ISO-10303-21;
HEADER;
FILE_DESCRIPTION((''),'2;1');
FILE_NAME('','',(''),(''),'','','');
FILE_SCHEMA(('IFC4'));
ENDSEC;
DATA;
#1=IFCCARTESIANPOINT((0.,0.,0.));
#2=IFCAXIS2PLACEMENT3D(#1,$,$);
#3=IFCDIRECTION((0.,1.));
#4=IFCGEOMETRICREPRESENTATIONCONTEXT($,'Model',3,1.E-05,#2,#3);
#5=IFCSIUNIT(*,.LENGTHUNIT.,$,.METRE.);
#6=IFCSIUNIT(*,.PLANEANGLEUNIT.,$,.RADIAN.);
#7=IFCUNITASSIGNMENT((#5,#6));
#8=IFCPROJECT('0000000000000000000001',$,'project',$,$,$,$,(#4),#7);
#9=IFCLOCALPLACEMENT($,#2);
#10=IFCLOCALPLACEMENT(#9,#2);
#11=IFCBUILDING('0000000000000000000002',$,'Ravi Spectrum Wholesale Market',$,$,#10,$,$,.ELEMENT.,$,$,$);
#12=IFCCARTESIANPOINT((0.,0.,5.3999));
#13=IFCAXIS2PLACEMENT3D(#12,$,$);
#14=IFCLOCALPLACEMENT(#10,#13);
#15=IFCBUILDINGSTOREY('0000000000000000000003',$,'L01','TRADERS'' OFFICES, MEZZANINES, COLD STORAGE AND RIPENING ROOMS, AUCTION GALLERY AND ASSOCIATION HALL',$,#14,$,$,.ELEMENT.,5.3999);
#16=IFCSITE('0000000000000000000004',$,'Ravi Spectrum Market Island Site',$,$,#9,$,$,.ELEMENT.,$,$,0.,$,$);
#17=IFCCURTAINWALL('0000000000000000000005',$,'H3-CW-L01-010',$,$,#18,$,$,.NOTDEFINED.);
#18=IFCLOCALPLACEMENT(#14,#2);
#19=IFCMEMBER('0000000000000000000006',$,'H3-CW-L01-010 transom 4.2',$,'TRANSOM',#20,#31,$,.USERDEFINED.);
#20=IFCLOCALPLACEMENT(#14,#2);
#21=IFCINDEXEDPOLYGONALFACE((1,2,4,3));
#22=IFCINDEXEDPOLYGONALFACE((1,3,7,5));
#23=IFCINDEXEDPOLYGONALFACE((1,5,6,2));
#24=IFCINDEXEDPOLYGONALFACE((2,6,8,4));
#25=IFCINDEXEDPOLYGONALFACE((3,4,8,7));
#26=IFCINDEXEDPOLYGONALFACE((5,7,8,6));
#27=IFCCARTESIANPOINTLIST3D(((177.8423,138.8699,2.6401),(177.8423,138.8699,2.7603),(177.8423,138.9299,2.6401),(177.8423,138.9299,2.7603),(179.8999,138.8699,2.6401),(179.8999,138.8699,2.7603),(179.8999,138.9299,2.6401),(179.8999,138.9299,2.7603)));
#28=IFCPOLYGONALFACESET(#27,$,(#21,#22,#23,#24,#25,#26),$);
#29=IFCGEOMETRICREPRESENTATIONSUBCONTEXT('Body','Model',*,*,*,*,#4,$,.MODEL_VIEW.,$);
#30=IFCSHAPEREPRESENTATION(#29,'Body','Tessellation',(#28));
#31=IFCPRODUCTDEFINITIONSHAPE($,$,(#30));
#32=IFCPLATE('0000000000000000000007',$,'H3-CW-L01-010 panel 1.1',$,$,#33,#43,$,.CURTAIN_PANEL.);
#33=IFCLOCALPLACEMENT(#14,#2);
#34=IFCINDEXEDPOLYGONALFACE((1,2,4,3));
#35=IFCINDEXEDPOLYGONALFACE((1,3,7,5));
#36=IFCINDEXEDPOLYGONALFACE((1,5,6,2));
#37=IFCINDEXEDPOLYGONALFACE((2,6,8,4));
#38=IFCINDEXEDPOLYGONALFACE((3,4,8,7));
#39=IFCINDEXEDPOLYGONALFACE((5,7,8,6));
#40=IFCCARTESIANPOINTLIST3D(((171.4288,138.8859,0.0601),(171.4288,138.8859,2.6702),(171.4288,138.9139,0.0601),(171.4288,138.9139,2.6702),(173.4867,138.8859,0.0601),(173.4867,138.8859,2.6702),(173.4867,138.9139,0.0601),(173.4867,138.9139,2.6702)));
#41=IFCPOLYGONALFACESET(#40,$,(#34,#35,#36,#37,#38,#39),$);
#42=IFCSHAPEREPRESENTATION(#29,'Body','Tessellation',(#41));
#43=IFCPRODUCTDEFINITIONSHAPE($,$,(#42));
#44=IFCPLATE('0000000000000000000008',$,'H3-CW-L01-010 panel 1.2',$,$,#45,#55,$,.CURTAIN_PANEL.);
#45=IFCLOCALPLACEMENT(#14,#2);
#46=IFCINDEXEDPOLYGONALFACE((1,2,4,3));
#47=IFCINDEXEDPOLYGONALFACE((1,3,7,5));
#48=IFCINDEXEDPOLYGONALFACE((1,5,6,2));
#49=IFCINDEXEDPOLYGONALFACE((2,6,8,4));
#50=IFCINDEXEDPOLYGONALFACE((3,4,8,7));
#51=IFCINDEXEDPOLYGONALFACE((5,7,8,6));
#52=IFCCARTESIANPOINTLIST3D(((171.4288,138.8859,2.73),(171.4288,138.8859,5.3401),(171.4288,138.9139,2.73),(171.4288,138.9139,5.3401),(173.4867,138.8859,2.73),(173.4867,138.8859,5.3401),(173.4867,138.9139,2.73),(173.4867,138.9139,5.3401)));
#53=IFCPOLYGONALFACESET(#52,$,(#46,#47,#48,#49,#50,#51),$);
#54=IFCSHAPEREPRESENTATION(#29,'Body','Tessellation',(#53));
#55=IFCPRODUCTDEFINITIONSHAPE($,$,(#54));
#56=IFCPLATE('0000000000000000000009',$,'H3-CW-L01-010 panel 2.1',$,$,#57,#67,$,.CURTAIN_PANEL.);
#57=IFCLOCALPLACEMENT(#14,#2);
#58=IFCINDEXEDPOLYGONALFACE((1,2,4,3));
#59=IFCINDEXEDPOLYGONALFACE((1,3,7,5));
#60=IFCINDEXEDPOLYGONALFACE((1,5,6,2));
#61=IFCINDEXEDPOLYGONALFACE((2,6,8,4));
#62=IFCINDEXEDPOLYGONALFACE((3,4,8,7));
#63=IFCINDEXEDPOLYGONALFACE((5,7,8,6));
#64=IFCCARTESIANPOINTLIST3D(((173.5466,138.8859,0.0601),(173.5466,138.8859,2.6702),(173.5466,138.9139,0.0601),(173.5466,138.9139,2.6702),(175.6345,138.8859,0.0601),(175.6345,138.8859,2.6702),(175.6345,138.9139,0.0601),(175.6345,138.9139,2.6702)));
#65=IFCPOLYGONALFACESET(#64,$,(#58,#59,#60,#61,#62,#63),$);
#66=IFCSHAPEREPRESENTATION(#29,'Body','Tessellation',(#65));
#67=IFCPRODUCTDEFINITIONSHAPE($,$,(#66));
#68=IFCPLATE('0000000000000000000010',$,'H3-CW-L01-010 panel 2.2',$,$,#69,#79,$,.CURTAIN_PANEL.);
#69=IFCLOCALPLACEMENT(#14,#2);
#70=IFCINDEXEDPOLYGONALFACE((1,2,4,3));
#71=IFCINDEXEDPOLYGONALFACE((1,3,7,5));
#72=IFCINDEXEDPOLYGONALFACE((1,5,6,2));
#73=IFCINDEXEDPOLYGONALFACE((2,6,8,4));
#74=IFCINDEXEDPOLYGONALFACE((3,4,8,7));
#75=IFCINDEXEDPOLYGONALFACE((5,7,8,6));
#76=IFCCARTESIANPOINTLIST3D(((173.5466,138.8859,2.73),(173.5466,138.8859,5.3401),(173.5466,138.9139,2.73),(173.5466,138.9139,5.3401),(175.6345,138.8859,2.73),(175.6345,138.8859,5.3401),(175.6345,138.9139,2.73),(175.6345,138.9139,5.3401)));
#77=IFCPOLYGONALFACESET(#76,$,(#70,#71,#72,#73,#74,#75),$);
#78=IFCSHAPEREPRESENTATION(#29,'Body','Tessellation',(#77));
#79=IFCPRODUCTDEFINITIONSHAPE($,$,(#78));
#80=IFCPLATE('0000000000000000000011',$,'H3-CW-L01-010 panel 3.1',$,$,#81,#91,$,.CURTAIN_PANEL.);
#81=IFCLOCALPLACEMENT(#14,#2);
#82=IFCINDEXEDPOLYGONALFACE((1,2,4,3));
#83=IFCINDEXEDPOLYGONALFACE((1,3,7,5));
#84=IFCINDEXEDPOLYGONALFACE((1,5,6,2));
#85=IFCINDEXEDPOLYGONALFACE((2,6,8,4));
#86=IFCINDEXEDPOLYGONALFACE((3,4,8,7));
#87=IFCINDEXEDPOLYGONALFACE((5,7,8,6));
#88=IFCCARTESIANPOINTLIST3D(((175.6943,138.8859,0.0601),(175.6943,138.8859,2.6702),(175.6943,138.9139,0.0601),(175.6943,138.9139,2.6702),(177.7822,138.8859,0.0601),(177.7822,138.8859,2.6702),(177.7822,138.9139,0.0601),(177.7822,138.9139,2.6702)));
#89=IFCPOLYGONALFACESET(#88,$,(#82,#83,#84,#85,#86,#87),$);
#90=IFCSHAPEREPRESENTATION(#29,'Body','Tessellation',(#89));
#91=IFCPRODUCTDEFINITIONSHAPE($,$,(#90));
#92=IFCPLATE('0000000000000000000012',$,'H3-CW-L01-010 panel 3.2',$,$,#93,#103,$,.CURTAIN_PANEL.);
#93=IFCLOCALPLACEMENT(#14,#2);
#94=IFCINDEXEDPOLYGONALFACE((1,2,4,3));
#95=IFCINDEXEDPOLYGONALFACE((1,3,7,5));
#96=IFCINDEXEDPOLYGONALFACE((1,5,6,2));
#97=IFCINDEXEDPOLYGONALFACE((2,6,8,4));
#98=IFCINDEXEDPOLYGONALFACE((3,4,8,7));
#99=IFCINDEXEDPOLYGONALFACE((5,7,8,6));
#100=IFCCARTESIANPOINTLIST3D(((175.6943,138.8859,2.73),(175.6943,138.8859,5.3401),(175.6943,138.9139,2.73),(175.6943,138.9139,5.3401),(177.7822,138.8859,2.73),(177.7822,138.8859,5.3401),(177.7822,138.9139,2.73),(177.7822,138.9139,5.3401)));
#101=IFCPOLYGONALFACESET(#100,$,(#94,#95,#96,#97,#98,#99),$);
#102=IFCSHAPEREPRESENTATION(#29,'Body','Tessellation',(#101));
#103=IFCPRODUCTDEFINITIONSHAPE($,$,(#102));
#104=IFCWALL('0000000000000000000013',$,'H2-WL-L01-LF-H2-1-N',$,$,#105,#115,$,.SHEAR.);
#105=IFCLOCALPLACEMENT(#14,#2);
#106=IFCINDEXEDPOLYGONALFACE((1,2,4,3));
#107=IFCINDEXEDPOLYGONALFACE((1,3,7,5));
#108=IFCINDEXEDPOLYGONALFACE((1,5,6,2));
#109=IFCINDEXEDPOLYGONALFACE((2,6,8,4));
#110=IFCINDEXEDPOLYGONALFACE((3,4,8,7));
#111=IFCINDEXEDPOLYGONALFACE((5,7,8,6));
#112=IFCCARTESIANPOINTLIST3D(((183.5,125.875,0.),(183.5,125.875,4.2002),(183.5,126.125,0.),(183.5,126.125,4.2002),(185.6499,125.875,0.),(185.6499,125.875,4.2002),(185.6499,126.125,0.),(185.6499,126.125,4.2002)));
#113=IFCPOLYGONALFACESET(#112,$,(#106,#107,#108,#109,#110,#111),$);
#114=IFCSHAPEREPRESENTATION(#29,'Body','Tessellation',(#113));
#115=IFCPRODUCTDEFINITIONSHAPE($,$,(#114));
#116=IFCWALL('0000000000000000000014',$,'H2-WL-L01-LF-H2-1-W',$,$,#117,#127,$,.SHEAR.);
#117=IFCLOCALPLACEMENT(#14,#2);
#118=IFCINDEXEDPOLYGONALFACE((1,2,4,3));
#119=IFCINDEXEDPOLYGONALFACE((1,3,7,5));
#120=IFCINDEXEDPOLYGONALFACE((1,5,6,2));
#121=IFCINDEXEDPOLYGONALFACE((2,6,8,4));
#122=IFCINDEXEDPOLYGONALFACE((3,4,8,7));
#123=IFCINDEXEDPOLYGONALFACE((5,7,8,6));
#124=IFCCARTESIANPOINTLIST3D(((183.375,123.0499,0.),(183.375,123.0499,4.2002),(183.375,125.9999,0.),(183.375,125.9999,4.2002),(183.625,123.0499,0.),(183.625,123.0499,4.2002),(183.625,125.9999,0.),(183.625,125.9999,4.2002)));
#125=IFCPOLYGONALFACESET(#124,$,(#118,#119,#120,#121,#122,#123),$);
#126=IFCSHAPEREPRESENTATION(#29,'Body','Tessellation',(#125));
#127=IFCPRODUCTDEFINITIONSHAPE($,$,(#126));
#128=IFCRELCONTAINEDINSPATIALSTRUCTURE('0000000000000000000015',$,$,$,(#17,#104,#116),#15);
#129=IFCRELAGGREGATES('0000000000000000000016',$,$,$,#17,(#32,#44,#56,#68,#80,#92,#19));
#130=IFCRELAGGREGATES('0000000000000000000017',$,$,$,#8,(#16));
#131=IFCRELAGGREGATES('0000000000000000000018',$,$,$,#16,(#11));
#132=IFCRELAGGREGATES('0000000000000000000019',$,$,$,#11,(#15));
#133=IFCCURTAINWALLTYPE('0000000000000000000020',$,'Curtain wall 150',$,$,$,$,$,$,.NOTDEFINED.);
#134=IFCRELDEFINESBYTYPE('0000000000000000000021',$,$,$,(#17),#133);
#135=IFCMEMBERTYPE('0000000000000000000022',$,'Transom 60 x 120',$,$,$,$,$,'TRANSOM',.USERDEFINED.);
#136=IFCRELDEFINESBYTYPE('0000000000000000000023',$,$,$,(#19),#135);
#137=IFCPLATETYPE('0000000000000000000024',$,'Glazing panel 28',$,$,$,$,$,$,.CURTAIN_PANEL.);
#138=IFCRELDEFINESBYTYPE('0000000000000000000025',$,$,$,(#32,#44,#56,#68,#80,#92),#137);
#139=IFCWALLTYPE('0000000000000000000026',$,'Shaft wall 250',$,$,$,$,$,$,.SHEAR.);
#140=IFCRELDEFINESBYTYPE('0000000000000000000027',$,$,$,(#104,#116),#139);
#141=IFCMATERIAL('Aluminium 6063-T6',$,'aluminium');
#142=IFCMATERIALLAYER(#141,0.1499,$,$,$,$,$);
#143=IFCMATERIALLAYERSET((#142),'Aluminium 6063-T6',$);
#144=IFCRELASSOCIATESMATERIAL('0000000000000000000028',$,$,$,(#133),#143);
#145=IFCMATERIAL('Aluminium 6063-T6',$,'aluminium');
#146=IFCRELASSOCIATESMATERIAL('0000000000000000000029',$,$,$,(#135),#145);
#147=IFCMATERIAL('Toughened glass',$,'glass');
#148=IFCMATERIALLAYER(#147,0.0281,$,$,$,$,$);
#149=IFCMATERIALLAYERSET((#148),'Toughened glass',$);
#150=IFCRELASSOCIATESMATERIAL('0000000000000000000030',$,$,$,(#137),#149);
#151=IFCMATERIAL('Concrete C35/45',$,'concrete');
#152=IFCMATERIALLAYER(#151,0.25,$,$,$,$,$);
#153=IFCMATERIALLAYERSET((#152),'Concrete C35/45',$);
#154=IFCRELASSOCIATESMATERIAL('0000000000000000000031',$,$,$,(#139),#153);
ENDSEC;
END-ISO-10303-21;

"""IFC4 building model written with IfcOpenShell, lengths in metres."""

from ifc_helpers import new_model, si_unit, direction, frame, frame_2d, origin, origin_2d, place, context, subcontext, project, spatial, rectangle, extrude, material, layer, layer_set, material_profile, profile_set, type_object, element, aggregate, save


model = new_model("IFC4")

# Units and contexts
model_context = context("Model", 3, precision=1e-05, world=origin(), true_north=direction((0.0, 1.0)))
body_context = subcontext(model_context, "Body", "Model", "MODEL_VIEW")
ifc_project = project(units=[si_unit("LENGTHUNIT", "METRE"), si_unit("PLANEANGLEUNIT", "RADIAN")], contexts=[model_context])

# Site, building, storey
site_placement = place(None, origin())
site = spatial("IfcSite", under=ifc_project, at=site_placement, Name="Ravi Spectrum Market Island Site", CompositionType="ELEMENT", RefElevation=0.0)
building_placement = place(site_placement, origin())
building = spatial("IfcBuilding", under=site, at=building_placement, Name="Ravi Spectrum Wholesale Market", CompositionType="ELEMENT")
storey_placement = place(building_placement, frame((0.0, 0.0, 5.3999)))
storey = spatial("IfcBuildingStorey", under=building, at=storey_placement, Name="L01", Description="TRADERS' OFFICES, MEZZANINES, COLD STORAGE AND RIPENING ROOMS, AUCTION GALLERY AND ASSOCIATION HALL", CompositionType="ELEMENT", Elevation=5.3999)

# Curtain wall
ifc_material_1 = material(Name="Aluminium 6063-T6", Category="aluminium")
ifc_layer_1 = layer(ifc_material_1, 0.1499)
ifc_layer_set_1 = layer_set([ifc_layer_1], Name="Aluminium 6063-T6")
curtain_wall_type = type_object("IfcCurtainWallType", Name="Curtain wall 150", PredefinedType="NOTDEFINED", material=ifc_layer_set_1)
curtain_wall_1_placement = place(storey_placement, origin())
curtain_wall_1 = element("IfcCurtainWall", 1, at=curtain_wall_1_placement, inside=storey, type_object=curtain_wall_type, Name="H3-CW-L01-010", PredefinedType="NOTDEFINED")

# Shared definitions
ifc_material_2 = material(Name="Aluminium 6063-T6", Category="aluminium")
ifc_material_profile_1 = material_profile(ifc_material_2, rectangle(XDim=0.0601, YDim=0.1201, at=origin_2d()))
ifc_profile_set_1 = profile_set([ifc_material_profile_1], Name="Aluminium 6063-T6")
member_type_1 = type_object("IfcMemberType", Name="Transom 60 x 120", ElementType="TRANSOM", PredefinedType="USERDEFINED", material=ifc_profile_set_1)

# Member
member_1_placement = place(storey_placement, frame((177.8423, 138.8999, 2.7002), z_axis=(1.0, 0.0, 0.0), x_axis=(0.0, 1.0, 0.0)))
member_1 = element("IfcMember", 2, at=member_1_placement, type_object=member_type_1, Name="H3-CW-L01-010 transom 4.2", ObjectType="TRANSOM", PredefinedType="USERDEFINED", context=body_context, shape_type="SweptSolid", body=[
    extrude(rectangle(XDim=0.0601, YDim=0.1201, at=origin_2d()), origin(), (0.0, 0.0, 1.0), 2.0576),
])

# Plates
ifc_material_3 = material(Name="Toughened glass", Category="glass")
ifc_layer_2 = layer(ifc_material_3, 0.0281)
ifc_layer_set_2 = layer_set([ifc_layer_2], Name="Toughened glass")
plate_type = type_object("IfcPlateType", Name="Glazing panel 28", PredefinedType="CURTAIN_PANEL", material=ifc_layer_set_2)
plate_1_placement = place(storey_placement, frame((172.4578, 138.8999, 0.0601), z_axis=(0.0, 0.0, 1.0), x_axis=(1.0, 0.0, 0.0)))
plate_1 = element("IfcPlate", 3, at=plate_1_placement, type_object=plate_type, Name="H3-CW-L01-010 panel 1.1", PredefinedType="CURTAIN_PANEL", context=body_context, shape_type="SweptSolid", body=[
    extrude(rectangle(XDim=2.0579, YDim=0.0281, at=origin_2d()), origin(), (0.0, 0.0, 1.0), 2.6101),
])
plate_2_placement = place(storey_placement, frame((172.4578, 138.8999, 2.73), z_axis=(0.0, 0.0, 1.0), x_axis=(1.0, 0.0, 0.0)))
plate_2 = element("IfcPlate", 4, at=plate_2_placement, type_object=plate_type, Name="H3-CW-L01-010 panel 1.2", PredefinedType="CURTAIN_PANEL", context=body_context, shape_type="SweptSolid", body=[
    extrude(rectangle(XDim=2.0579, YDim=0.0281, at=origin_2d()), origin(), (0.0, 0.0, 1.0), 2.6101),
])
plate_3_placement = place(storey_placement, frame((174.5906, 138.8999, 0.0601), z_axis=(0.0, 0.0, 1.0), x_axis=(1.0, 0.0, 0.0)))
plate_3 = element("IfcPlate", 5, at=plate_3_placement, type_object=plate_type, Name="H3-CW-L01-010 panel 2.1", PredefinedType="CURTAIN_PANEL", context=body_context, shape_type="SweptSolid", body=[
    extrude(rectangle(XDim=2.0879, YDim=0.0281, at=origin_2d()), origin(), (0.0, 0.0, 1.0), 2.6101),
])
plate_4_placement = place(storey_placement, frame((174.5906, 138.8999, 2.73), z_axis=(0.0, 0.0, 1.0), x_axis=(1.0, 0.0, 0.0)))
plate_4 = element("IfcPlate", 6, at=plate_4_placement, type_object=plate_type, Name="H3-CW-L01-010 panel 2.2", PredefinedType="CURTAIN_PANEL", context=body_context, shape_type="SweptSolid", body=[
    extrude(rectangle(XDim=2.0879, YDim=0.0281, at=origin_2d()), origin(), (0.0, 0.0, 1.0), 2.6101),
])
plate_5_placement = place(storey_placement, frame((176.7383, 138.8999, 0.0601), z_axis=(0.0, 0.0, 1.0), x_axis=(1.0, 0.0, 0.0)))
plate_5 = element("IfcPlate", 7, at=plate_5_placement, type_object=plate_type, Name="H3-CW-L01-010 panel 3.1", PredefinedType="CURTAIN_PANEL", context=body_context, shape_type="SweptSolid", body=[
    extrude(rectangle(XDim=2.0879, YDim=0.0281, at=origin_2d()), origin(), (0.0, 0.0, 1.0), 2.6101),
])
plate_6_placement = place(storey_placement, frame((176.7383, 138.8999, 2.73), z_axis=(0.0, 0.0, 1.0), x_axis=(1.0, 0.0, 0.0)))
plate_6 = element("IfcPlate", 8, at=plate_6_placement, type_object=plate_type, Name="H3-CW-L01-010 panel 3.2", PredefinedType="CURTAIN_PANEL", context=body_context, shape_type="SweptSolid", body=[
    extrude(rectangle(XDim=2.0879, YDim=0.0281, at=origin_2d()), origin(), (0.0, 0.0, 1.0), 2.6101),
])
aggregate(curtain_wall_1, [plate_1, plate_2, plate_3, plate_4, plate_5, plate_6, member_1])

# Walls
ifc_material_4 = material(Name="Concrete C35/45", Category="concrete")
ifc_layer_3 = layer(ifc_material_4, 0.25)
ifc_layer_set_3 = layer_set([ifc_layer_3], Name="Concrete C35/45")
wall_type = type_object("IfcWallType", Name="Shaft wall 250", PredefinedType="SHEAR", material=ifc_layer_set_3)
wall_1_placement = place(storey_placement, frame((185.6499, 126.0, 0.0), z_axis=(0.0, 0.0, 1.0), x_axis=(-1.0, 0.0, 0.0)))
element("IfcWall", 9, at=wall_1_placement, inside=storey, type_object=wall_type, Name="H2-WL-L01-LF-H2-1-N", PredefinedType="SHEAR", context=body_context, shape_type="SweptSolid", body=[
    extrude(rectangle(XDim=2.1499, YDim=0.25, at=frame_2d((1.075, 0.0))), origin(), (0.0, 0.0, 1.0), 4.2002),
])
wall_2_placement = place(storey_placement, frame((183.5, 126.0, 0.0), z_axis=(0.0, 0.0, 1.0), x_axis=(0.0, -1.0, 0.0)))
element("IfcWall", 10, at=wall_2_placement, inside=storey, type_object=wall_type, Name="H2-WL-L01-LF-H2-1-W", PredefinedType="SHEAR", context=body_context, shape_type="SweptSolid", body=[
    extrude(rectangle(XDim=2.95, YDim=0.25, at=frame_2d((1.4751, 0.0))), origin(), (0.0, 0.0, 1.0), 4.2002),
])

save(model, "model.ifc")
